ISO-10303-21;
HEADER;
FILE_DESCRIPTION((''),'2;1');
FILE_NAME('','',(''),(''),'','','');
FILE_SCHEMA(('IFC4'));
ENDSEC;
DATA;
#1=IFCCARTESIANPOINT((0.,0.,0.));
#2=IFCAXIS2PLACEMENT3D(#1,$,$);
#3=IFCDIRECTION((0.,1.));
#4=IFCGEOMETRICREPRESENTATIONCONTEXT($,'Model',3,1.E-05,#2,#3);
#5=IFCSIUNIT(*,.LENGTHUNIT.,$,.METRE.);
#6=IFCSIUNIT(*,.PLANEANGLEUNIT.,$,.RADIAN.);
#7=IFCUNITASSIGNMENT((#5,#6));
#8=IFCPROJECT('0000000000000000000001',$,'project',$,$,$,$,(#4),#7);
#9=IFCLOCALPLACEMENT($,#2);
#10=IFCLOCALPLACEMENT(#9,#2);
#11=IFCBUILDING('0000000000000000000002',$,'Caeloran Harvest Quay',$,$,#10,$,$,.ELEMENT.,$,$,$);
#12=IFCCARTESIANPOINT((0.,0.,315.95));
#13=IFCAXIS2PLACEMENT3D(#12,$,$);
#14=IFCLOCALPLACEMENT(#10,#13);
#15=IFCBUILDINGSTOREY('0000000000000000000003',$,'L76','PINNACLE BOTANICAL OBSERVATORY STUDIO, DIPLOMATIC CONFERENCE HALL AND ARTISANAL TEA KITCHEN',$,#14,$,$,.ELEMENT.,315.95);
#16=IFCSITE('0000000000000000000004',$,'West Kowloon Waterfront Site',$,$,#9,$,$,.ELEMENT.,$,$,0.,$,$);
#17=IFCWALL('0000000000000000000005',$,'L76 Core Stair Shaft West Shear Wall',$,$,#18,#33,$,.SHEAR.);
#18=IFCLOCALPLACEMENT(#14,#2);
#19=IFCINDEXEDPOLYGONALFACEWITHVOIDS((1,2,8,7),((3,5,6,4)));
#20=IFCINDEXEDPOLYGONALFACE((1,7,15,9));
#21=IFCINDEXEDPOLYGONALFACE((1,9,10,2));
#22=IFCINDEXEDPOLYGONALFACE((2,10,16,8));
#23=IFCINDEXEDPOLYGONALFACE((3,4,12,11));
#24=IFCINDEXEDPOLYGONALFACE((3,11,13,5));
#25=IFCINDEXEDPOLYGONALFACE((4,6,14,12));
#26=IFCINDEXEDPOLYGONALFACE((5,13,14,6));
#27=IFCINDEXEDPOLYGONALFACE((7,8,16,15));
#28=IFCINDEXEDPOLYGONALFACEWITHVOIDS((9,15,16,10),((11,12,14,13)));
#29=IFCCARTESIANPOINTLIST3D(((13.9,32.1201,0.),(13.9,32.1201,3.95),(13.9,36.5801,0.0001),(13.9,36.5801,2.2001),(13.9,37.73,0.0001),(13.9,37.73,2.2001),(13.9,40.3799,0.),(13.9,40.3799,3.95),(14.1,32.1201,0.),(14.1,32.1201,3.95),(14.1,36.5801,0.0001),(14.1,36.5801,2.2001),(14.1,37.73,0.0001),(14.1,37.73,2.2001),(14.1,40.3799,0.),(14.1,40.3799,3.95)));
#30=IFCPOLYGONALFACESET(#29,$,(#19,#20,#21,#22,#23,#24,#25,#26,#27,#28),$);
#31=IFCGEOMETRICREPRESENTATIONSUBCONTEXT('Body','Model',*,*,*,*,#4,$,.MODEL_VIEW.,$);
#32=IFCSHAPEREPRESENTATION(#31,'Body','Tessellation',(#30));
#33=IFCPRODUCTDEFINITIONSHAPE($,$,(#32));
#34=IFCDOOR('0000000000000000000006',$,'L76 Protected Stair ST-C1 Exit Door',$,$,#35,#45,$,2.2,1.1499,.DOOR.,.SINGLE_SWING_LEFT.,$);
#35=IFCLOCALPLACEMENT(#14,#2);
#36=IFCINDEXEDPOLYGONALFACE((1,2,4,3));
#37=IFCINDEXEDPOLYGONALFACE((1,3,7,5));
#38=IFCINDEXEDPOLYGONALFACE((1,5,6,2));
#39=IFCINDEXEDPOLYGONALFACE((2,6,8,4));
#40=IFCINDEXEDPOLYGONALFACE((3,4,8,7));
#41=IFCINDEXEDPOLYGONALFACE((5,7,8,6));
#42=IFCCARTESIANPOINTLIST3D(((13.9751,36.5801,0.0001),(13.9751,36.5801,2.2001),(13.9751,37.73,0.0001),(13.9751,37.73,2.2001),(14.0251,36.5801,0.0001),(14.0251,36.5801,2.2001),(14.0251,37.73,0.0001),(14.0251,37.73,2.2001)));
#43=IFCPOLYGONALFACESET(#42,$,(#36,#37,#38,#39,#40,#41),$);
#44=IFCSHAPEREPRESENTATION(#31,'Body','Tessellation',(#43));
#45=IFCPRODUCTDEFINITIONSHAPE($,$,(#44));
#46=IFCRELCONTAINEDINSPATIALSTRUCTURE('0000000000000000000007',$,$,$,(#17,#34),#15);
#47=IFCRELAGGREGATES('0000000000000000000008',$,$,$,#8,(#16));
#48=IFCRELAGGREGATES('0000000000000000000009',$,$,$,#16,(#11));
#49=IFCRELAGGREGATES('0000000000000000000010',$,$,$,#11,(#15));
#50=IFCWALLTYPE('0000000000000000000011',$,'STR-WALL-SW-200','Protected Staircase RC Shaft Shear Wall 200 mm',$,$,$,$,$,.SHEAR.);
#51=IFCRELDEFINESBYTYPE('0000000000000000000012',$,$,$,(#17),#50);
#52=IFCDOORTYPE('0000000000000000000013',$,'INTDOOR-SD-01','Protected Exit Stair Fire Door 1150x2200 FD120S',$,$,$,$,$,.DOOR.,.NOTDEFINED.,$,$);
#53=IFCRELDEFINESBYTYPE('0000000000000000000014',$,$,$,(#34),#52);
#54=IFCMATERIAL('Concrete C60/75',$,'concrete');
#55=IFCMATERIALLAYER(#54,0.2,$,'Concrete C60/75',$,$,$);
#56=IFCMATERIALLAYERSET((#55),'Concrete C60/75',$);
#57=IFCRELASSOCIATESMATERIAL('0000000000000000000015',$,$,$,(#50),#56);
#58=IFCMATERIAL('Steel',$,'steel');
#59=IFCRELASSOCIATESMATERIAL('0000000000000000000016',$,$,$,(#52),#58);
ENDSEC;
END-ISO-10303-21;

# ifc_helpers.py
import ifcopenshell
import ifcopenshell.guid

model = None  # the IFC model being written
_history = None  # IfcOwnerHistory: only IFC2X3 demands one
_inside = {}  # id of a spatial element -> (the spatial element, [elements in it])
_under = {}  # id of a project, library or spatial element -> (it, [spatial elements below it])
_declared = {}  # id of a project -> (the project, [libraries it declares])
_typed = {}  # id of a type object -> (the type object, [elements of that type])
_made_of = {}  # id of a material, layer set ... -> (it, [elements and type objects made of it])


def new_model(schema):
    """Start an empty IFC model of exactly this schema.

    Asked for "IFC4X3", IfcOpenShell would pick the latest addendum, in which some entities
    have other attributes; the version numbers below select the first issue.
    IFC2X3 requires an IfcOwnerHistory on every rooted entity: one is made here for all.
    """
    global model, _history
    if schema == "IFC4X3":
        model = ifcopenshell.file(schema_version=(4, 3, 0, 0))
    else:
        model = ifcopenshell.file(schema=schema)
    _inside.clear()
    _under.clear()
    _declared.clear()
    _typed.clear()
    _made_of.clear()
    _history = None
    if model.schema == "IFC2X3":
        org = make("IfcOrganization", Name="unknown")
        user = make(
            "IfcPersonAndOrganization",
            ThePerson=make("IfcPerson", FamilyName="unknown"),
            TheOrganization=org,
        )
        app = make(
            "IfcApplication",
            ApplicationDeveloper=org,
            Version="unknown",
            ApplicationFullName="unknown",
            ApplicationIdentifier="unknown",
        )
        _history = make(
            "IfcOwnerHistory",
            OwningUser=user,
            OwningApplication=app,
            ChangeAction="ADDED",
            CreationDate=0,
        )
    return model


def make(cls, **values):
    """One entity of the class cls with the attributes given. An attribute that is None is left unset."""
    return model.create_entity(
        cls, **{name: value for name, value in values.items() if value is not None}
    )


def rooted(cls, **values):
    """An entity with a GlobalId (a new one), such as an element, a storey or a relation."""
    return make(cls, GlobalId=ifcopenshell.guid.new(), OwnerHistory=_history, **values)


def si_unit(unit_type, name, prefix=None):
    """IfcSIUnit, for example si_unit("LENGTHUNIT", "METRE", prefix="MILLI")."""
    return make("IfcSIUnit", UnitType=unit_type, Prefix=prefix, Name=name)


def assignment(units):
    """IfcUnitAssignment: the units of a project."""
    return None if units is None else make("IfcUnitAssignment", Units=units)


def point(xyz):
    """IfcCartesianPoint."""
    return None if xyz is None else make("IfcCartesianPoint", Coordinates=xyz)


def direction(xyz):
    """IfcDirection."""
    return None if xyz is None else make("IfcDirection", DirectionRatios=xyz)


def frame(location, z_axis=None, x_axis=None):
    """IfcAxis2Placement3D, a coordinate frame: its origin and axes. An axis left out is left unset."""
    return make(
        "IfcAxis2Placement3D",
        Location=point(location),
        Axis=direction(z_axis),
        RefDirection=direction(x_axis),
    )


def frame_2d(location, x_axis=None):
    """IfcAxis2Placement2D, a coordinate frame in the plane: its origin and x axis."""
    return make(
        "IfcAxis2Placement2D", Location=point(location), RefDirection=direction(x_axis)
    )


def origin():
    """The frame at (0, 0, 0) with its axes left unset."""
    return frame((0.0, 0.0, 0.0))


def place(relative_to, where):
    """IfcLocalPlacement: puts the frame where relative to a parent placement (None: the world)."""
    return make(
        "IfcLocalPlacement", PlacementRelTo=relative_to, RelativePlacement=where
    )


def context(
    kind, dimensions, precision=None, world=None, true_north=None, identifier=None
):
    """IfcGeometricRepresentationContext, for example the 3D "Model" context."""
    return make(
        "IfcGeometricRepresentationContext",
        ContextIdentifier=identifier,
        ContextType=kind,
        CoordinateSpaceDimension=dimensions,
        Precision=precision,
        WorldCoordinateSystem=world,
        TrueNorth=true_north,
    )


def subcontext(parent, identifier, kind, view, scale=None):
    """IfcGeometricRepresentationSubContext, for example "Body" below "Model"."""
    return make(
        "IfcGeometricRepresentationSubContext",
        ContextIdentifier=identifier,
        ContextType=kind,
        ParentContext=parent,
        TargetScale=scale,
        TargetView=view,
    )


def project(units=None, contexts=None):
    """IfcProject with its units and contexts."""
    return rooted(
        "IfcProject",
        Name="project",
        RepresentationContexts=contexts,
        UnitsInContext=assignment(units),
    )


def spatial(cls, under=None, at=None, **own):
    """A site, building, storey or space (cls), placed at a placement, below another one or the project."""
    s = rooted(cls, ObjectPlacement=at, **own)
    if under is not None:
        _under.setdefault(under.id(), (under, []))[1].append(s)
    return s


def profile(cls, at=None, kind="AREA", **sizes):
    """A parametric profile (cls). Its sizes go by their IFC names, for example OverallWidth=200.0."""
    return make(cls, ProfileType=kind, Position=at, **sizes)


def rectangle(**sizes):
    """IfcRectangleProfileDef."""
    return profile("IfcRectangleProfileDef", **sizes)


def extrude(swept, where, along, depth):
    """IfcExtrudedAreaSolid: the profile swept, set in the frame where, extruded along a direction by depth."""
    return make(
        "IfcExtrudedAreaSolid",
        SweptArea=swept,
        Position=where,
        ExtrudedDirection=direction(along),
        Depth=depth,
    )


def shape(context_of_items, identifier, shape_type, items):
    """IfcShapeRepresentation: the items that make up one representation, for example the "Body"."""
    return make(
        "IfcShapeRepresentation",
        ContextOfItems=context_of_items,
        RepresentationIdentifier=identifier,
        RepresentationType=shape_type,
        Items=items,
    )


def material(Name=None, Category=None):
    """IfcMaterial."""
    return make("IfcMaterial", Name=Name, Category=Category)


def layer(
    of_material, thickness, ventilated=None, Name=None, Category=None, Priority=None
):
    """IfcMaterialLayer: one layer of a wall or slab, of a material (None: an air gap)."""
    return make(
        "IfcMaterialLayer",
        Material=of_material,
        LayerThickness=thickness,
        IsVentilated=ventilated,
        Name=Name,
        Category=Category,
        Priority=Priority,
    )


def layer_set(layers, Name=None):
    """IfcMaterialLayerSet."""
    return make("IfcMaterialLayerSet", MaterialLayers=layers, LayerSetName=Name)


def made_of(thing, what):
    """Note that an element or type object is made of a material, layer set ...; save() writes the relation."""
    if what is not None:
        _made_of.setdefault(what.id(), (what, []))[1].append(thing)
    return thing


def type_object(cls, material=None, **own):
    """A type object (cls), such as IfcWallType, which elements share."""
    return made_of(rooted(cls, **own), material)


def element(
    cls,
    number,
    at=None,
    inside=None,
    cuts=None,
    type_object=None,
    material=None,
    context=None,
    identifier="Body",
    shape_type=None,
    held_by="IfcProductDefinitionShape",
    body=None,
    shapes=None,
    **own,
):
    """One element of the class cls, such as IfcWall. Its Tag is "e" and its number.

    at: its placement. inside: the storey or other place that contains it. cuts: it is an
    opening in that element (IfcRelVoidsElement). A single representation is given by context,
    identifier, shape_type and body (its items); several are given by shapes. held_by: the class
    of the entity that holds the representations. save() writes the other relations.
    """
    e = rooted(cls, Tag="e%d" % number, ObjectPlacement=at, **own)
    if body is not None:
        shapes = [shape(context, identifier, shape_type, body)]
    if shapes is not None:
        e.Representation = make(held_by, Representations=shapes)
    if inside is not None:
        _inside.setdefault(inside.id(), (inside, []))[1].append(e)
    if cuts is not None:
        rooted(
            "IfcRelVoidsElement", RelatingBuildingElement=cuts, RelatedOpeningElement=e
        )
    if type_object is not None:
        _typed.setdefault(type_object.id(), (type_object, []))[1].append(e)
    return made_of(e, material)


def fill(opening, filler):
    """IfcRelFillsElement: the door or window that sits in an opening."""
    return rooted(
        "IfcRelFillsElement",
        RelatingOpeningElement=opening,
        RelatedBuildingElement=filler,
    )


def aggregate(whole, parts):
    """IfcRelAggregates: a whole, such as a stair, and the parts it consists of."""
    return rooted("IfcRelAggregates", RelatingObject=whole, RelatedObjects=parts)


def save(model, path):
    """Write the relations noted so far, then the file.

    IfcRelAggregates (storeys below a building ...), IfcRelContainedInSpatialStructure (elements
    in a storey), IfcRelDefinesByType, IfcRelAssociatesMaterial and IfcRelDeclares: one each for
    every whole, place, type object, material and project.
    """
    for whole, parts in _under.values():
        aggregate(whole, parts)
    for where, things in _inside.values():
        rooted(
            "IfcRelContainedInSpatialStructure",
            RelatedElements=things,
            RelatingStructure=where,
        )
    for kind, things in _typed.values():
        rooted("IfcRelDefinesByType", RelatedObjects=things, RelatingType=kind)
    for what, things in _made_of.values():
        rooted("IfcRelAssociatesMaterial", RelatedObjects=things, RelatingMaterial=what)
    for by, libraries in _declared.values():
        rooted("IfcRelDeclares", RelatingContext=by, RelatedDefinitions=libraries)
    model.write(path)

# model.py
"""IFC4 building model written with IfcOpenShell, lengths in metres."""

from ifc_helpers import new_model, si_unit, direction, frame, frame_2d, origin, place, context, subcontext, project, spatial, rectangle, extrude, material, layer, layer_set, type_object, element, fill, save


model = new_model("IFC4")

# Units and contexts
model_context = context("Model", 3, precision=1e-05, world=origin(), true_north=direction((0.0, 1.0)))
body_context = subcontext(model_context, "Body", "Model", "MODEL_VIEW")
ifc_project = project(units=[si_unit("LENGTHUNIT", "METRE"), si_unit("PLANEANGLEUNIT", "RADIAN")], contexts=[model_context])

# Site, building, storey
site_placement = place(None, origin())
site = spatial("IfcSite", under=ifc_project, at=site_placement, Name="West Kowloon Waterfront Site", CompositionType="ELEMENT", RefElevation=0.0)
building_placement = place(site_placement, origin())
building = spatial("IfcBuilding", under=site, at=building_placement, Name="Caeloran Harvest Quay", CompositionType="ELEMENT")
storey_placement = place(building_placement, frame((0.0, 0.0, 315.95)))
storey = spatial("IfcBuildingStorey", under=building, at=storey_placement, Name="L76", Description="PINNACLE BOTANICAL OBSERVATORY STUDIO, DIPLOMATIC CONFERENCE HALL AND ARTISANAL TEA KITCHEN", CompositionType="ELEMENT", Elevation=315.95)

# Shared definitions
ifc_material_1 = material(Name="Concrete C60/75", Category="concrete")

# Wall, opening, door
ifc_layer_1 = layer(ifc_material_1, 0.2, Name="Concrete C60/75")
ifc_layer_set_1 = layer_set([ifc_layer_1], Name="Concrete C60/75")
wall_type_1 = type_object("IfcWallType", Name="STR-WALL-SW-200", Description="Protected Staircase RC Shaft Shear Wall 200 mm", PredefinedType="SHEAR", material=ifc_layer_set_1)
wall_1_placement = place(storey_placement, frame((14.0, 32.1201, 0.0), z_axis=(0.0, 0.0, 1.0), x_axis=(0.0, 1.0, 0.0)))
wall_1 = element("IfcWall", 1, at=wall_1_placement, inside=storey, type_object=wall_type_1, Name="L76 Core Stair Shaft West Shear Wall", PredefinedType="SHEAR", context=body_context, shape_type="SweptSolid", body=[
    extrude(rectangle(XDim=8.2598, YDim=0.2, at=frame_2d((4.1299, 0.0))), origin(), (0.0, 0.0, 1.0), 3.95),
])
opening_1_placement = place(wall_1_placement, frame((4.46, 0.0, 0.0)))
opening_1 = element("IfcOpeningElement", 2, at=opening_1_placement, cuts=wall_1, PredefinedType="OPENING", context=body_context, shape_type="SweptSolid", body=[
    extrude(rectangle(XDim=1.1499, YDim=2.2, at=frame_2d((0.575, 1.1001))), frame((0.0, 0.1099, 0.0), z_axis=(0.0, -1.0, 0.0), x_axis=(1.0, 0.0, 0.0)), (0.0, 0.0, 1.0), 0.22),
])
ifc_material_2 = material(Name="Steel", Category="steel")
door_type_1 = type_object("IfcDoorType", Name="INTDOOR-SD-01", Description="Protected Exit Stair Fire Door 1150x2200 FD120S", OperationType="NOTDEFINED", PredefinedType="DOOR", material=ifc_material_2)
door_1_placement = place(opening_1_placement, origin())
door_1 = element("IfcDoor", 3, at=door_1_placement, inside=storey, type_object=door_type_1, Name="L76 Protected Stair ST-C1 Exit Door", OperationType="SINGLE_SWING_LEFT", OverallHeight=2.2, OverallWidth=1.1499, PredefinedType="DOOR", context=body_context, shape_type="SweptSolid", body=[
    extrude(rectangle(XDim=1.1499, YDim=2.2, at=frame_2d((0.575, 1.1001))), frame((0.0, 0.0249, 0.0), z_axis=(0.0, -1.0, 0.0), x_axis=(1.0, 0.0, 0.0)), (0.0, 0.0, 1.0), 0.05),
])
fill(opening_1, door_1)

save(model, "model.ifc")
